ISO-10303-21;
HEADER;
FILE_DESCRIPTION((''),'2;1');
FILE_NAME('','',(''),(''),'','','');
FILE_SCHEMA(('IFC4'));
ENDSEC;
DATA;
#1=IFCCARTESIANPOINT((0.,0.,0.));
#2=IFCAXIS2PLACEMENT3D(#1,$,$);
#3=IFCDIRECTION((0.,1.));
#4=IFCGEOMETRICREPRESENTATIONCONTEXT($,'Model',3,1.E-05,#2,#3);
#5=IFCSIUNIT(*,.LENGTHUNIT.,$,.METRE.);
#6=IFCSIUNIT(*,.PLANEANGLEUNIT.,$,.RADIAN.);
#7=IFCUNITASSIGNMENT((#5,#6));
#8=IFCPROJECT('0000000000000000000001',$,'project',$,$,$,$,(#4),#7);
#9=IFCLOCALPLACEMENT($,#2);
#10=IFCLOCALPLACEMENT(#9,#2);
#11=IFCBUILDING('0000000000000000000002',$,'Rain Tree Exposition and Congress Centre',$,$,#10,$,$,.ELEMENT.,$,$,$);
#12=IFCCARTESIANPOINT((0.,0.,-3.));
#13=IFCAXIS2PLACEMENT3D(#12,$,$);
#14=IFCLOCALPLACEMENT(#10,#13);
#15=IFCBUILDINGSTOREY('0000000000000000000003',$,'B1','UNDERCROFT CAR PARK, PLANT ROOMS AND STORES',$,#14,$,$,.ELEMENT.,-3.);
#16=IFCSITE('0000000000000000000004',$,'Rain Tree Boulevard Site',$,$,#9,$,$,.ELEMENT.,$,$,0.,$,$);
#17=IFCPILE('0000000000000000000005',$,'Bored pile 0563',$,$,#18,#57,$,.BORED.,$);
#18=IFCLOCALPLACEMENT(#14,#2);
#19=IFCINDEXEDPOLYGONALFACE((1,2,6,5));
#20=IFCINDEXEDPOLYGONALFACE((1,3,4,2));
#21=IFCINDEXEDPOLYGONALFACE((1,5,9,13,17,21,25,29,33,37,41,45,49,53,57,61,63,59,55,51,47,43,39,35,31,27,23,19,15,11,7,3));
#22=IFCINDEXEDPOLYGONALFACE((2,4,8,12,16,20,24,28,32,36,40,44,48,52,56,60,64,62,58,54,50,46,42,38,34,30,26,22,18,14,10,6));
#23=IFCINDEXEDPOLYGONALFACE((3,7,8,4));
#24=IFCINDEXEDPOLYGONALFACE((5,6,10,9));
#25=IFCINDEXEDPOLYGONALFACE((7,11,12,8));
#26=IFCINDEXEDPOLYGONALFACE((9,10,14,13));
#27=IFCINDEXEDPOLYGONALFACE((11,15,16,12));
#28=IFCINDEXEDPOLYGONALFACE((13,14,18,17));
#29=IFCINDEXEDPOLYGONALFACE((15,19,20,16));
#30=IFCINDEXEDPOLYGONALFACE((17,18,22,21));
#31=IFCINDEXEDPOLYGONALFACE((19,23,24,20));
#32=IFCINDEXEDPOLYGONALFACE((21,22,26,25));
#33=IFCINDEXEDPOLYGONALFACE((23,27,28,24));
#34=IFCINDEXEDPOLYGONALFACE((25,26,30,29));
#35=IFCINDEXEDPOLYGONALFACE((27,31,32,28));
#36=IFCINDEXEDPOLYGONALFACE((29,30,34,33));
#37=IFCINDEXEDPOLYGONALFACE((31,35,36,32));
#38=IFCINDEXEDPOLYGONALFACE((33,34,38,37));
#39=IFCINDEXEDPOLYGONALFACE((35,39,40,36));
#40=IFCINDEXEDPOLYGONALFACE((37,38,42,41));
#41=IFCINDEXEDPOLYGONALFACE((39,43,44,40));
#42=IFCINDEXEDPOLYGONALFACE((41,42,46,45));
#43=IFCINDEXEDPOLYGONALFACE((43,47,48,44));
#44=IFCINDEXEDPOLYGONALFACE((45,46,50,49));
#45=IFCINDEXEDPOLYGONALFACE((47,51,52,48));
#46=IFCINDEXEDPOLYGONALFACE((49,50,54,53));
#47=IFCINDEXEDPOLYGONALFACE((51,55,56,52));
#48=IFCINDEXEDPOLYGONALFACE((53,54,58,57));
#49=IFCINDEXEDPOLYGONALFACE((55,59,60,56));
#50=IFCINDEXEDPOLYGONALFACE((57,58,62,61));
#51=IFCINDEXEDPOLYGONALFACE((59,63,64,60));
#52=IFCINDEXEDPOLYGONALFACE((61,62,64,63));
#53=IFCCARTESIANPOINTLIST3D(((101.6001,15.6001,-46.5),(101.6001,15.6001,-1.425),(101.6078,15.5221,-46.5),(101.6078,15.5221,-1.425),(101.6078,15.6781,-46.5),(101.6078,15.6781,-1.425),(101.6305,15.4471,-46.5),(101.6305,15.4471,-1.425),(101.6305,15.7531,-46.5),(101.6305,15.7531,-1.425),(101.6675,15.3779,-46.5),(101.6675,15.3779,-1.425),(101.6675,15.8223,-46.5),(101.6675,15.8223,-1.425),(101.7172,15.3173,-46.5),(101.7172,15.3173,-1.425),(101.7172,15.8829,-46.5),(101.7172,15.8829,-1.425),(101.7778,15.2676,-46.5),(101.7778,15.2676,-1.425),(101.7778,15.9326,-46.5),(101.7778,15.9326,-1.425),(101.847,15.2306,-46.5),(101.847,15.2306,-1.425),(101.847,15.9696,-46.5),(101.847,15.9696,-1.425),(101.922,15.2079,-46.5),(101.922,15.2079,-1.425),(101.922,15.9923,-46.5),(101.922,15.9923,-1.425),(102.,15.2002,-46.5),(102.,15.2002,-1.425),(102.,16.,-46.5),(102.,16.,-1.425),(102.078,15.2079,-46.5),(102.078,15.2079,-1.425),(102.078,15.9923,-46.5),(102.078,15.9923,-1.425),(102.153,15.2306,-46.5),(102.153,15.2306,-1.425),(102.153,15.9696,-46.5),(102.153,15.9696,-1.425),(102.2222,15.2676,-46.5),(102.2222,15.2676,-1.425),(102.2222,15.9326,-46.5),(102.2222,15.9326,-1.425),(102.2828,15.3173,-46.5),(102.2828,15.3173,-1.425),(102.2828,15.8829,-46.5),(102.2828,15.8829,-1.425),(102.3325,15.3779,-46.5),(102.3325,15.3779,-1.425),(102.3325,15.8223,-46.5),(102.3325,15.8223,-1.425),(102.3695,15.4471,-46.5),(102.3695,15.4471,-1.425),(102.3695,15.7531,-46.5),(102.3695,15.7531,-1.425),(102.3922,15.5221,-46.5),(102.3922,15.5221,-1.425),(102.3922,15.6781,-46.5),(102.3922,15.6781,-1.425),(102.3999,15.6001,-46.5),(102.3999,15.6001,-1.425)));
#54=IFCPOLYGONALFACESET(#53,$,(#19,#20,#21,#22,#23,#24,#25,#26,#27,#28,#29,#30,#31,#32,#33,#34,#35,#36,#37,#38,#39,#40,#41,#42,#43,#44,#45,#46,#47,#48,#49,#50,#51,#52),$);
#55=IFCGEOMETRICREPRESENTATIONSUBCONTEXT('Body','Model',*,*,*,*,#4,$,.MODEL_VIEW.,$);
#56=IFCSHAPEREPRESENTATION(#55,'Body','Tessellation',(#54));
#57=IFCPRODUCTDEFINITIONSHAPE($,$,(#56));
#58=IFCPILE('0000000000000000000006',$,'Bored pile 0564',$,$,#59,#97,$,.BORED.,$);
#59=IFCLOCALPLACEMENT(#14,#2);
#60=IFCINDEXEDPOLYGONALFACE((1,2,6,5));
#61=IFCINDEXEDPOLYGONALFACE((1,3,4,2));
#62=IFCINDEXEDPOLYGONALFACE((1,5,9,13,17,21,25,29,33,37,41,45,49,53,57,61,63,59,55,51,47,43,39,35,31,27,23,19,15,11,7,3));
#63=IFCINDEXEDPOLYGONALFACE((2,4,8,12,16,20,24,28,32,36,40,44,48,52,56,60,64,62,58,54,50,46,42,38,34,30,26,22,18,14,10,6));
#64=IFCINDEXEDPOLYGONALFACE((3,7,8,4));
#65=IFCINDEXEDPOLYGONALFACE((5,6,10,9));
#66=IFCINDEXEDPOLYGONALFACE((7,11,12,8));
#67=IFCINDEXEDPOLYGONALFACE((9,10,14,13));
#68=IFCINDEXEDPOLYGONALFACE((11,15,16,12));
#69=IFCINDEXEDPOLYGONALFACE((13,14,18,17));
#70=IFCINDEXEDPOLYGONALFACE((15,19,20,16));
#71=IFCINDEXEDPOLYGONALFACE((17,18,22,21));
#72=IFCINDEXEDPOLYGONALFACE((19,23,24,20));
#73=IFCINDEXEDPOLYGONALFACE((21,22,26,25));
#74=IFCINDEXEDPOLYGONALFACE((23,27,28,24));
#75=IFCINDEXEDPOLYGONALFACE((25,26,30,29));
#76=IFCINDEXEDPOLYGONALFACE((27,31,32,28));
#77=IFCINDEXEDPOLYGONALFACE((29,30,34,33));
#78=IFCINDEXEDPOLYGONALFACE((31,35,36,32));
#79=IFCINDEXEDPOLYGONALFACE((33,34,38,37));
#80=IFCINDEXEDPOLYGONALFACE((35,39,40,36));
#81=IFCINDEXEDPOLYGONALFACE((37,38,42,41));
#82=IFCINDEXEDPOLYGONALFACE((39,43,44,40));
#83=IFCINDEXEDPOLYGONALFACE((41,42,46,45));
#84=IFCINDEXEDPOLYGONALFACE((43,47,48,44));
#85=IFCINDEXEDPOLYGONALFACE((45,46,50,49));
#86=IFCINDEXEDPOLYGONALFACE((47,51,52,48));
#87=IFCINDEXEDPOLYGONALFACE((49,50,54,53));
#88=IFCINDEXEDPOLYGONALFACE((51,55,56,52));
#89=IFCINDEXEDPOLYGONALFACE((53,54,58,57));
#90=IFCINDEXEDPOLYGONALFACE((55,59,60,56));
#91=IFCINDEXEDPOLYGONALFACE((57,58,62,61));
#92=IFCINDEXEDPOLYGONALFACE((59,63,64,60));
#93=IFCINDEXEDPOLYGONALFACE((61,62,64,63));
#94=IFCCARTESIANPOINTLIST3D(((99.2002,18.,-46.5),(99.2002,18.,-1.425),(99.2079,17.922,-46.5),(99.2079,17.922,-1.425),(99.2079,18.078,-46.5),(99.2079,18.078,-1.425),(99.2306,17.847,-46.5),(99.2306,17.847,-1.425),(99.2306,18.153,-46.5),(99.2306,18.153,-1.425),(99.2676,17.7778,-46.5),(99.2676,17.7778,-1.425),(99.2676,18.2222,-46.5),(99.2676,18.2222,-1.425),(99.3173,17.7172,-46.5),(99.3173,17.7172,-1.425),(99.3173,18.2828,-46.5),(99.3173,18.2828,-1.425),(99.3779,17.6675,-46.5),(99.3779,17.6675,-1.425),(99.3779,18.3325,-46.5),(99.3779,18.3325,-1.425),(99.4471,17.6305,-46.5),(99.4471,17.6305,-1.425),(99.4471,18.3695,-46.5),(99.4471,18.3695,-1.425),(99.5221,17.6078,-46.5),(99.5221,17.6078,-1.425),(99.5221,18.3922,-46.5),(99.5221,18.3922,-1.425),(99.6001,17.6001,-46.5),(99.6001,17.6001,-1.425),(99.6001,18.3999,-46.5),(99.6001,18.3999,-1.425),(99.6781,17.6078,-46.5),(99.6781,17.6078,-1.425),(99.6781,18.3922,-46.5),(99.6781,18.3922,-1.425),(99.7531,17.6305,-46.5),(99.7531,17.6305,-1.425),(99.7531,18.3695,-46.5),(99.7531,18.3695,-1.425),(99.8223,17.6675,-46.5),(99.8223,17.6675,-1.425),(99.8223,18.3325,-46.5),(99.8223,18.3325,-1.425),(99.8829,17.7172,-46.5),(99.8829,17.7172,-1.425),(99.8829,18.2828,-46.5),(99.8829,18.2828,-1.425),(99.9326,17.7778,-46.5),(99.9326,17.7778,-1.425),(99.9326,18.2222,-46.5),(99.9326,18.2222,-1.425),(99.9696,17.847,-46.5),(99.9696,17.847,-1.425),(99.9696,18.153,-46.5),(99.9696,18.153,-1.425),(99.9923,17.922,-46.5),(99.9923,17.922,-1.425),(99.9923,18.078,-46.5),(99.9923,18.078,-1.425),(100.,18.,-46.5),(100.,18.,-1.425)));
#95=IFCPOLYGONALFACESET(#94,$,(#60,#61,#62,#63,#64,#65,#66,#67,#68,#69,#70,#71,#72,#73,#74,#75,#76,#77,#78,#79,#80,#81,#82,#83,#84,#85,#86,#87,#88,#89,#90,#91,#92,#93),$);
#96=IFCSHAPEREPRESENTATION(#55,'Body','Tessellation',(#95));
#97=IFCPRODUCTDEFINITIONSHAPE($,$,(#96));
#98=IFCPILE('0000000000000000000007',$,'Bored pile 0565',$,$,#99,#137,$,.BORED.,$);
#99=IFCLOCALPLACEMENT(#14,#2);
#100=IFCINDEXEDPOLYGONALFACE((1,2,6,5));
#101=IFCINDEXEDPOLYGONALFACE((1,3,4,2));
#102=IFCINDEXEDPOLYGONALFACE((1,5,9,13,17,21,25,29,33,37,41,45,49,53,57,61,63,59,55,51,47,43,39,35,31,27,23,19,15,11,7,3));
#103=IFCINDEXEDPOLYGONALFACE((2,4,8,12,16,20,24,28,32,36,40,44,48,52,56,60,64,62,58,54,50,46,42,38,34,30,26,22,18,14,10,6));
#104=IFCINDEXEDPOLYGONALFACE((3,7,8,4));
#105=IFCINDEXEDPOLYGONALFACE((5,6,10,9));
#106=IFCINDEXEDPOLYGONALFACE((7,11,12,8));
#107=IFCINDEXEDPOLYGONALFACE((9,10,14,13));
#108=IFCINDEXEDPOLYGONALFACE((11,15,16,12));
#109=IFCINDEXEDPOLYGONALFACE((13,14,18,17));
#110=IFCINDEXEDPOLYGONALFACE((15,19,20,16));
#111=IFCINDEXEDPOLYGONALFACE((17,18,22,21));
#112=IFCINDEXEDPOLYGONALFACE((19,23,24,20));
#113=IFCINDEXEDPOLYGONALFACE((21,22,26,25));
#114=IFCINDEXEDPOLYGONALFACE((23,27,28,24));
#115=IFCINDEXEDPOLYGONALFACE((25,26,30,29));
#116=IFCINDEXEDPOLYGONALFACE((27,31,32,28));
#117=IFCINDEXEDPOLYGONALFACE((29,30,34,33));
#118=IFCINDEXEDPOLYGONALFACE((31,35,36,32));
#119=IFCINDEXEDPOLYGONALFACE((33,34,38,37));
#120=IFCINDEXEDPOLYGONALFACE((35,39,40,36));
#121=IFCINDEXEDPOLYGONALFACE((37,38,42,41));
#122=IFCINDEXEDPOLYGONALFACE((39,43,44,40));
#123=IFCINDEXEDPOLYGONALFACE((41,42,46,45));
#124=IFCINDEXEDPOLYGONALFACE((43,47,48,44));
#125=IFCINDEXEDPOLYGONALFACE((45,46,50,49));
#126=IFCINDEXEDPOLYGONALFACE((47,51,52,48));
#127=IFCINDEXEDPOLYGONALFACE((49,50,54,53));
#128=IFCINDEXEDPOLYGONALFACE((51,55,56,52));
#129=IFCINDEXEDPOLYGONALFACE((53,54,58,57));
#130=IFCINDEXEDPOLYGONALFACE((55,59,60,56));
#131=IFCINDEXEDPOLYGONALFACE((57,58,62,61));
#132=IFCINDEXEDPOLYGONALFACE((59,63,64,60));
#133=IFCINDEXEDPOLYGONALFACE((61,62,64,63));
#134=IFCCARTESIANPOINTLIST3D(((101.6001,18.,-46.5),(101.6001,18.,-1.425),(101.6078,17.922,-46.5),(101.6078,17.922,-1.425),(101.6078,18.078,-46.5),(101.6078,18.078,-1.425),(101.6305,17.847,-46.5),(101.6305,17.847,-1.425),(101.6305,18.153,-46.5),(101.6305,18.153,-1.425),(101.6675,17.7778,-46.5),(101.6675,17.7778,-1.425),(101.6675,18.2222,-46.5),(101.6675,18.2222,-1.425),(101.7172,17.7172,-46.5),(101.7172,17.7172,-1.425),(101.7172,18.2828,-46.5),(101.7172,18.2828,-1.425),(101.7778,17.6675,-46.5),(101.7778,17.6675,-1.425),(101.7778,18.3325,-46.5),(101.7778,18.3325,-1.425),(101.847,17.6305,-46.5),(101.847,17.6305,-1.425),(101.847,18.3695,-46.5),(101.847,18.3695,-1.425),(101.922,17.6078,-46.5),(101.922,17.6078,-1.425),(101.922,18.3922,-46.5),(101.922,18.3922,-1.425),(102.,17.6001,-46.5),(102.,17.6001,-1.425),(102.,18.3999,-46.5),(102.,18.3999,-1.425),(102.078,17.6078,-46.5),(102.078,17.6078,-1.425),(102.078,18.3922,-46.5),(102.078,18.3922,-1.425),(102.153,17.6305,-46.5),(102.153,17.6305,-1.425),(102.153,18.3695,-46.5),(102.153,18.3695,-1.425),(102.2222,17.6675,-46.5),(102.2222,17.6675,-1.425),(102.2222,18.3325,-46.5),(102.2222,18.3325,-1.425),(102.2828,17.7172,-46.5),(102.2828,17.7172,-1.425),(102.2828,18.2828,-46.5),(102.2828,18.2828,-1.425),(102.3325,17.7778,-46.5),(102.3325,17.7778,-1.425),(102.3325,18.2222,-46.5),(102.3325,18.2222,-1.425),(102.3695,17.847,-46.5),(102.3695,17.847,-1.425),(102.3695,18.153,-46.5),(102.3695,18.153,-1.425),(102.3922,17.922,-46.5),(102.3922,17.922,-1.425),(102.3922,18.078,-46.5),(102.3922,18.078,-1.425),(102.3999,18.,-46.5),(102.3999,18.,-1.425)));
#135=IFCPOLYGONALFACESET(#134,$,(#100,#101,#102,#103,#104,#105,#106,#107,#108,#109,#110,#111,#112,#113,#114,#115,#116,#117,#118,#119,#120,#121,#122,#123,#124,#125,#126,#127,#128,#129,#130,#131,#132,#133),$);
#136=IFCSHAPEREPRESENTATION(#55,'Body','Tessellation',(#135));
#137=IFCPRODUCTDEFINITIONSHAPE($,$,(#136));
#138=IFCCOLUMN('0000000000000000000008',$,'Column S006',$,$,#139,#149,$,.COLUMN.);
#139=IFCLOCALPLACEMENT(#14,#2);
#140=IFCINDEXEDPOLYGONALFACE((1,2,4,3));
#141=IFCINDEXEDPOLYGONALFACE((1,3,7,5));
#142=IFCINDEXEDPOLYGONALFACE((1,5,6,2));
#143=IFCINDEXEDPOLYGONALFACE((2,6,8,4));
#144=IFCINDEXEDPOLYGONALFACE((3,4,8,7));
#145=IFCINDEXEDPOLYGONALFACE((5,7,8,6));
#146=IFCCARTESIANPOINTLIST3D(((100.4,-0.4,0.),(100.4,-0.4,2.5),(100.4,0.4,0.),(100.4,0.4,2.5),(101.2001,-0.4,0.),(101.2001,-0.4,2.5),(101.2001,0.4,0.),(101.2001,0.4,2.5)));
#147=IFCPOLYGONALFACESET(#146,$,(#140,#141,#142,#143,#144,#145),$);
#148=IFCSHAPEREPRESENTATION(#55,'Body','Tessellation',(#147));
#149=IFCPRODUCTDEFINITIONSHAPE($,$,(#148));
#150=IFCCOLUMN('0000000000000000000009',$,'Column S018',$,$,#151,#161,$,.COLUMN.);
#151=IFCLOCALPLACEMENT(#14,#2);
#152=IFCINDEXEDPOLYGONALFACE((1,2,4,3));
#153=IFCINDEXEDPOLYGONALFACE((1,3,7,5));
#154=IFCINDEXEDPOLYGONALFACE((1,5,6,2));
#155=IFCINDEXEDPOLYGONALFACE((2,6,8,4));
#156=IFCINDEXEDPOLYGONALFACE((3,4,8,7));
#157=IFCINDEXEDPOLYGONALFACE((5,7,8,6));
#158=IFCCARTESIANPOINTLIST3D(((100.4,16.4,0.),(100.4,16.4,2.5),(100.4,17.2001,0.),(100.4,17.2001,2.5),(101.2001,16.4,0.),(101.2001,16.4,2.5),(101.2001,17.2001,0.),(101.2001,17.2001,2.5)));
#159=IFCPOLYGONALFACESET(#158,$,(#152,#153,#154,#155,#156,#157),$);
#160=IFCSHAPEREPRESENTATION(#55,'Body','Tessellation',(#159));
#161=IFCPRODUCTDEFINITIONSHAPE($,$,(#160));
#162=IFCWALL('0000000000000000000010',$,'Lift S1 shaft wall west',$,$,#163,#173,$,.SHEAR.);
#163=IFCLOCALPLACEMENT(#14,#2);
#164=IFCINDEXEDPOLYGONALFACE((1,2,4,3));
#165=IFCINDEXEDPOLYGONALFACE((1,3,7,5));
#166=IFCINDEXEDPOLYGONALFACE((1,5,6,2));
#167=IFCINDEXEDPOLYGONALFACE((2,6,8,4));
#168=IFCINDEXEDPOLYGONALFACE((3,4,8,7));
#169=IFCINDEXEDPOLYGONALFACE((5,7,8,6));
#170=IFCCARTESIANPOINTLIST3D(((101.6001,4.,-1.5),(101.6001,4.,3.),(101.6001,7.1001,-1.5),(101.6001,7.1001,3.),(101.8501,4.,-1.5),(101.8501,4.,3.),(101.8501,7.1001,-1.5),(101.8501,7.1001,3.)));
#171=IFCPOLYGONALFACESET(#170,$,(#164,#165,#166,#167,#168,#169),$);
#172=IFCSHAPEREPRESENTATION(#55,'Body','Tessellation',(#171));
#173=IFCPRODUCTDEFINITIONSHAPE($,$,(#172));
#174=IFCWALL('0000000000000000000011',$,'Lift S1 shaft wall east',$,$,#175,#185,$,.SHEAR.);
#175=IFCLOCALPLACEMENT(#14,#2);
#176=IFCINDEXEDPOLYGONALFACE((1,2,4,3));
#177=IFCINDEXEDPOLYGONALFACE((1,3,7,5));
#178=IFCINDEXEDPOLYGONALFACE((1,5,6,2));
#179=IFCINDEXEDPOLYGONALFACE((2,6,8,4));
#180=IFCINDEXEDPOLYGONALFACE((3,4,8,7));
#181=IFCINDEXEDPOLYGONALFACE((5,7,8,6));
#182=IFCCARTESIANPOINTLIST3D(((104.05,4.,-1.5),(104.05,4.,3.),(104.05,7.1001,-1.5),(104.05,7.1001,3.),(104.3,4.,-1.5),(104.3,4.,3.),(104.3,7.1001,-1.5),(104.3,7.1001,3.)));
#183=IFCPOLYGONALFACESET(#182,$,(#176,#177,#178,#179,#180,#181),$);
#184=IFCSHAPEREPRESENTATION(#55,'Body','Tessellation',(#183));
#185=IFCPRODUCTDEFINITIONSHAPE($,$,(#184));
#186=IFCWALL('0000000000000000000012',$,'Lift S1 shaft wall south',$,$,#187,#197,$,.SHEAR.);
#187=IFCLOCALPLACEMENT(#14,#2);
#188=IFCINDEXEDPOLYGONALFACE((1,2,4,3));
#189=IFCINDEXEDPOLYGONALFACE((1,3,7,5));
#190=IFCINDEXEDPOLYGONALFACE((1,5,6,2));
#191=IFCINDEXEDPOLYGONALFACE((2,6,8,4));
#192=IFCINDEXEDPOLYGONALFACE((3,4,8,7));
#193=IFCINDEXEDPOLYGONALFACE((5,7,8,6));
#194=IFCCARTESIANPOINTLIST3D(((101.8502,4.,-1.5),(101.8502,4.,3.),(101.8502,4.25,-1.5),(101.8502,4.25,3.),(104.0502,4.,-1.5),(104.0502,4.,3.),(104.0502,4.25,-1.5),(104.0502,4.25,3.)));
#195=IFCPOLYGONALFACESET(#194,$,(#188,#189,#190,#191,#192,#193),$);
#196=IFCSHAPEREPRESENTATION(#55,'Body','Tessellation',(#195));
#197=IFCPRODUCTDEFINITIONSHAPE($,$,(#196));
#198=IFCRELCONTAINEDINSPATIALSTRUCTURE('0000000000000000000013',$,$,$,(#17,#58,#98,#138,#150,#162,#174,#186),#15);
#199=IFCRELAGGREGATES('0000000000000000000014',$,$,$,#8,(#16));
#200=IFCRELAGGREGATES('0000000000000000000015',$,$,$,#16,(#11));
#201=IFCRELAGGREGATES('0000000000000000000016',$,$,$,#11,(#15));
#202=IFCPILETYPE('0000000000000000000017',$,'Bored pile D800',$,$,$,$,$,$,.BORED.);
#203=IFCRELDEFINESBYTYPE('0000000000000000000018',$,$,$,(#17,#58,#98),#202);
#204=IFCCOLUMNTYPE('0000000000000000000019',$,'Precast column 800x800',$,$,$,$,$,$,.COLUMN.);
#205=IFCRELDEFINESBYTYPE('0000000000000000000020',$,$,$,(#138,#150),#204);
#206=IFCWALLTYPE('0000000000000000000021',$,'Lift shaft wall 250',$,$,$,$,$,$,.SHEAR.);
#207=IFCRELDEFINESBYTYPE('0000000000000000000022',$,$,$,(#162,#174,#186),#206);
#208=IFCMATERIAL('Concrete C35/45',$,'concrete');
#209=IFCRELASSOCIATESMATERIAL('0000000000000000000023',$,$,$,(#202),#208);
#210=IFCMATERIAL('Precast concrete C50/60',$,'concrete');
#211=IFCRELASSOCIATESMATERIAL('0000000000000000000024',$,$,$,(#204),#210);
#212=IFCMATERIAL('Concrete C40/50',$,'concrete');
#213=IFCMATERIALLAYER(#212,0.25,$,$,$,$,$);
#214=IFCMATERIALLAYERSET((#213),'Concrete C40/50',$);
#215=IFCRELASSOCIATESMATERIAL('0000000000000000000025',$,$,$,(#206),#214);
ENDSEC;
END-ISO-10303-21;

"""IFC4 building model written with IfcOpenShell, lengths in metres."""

from ifc_helpers import new_model, si_unit, direction, frame, frame_2d, origin, origin_2d, place, context, subcontext, project, spatial, rectangle, circle, extrude, material, layer, layer_set, material_profile, profile_set, type_object, element, save


model = new_model("IFC4")

# Units and contexts
model_context = context("Model", 3, precision=1e-05, world=origin(), true_north=direction((0.0, 1.0)))
body_context = subcontext(model_context, "Body", "Model", "MODEL_VIEW")
ifc_project = project(units=[si_unit("LENGTHUNIT", "METRE"), si_unit("PLANEANGLEUNIT", "RADIAN")], contexts=[model_context])

# Site, building, storey
site_placement = place(None, origin())
site = spatial("IfcSite", under=ifc_project, at=site_placement, Name="Rain Tree Boulevard Site", CompositionType="ELEMENT", RefElevation=0.0)
building_placement = place(site_placement, origin())
building = spatial("IfcBuilding", under=site, at=building_placement, Name="Rain Tree Exposition and Congress Centre", CompositionType="ELEMENT")
storey_placement = place(building_placement, frame((0.0, 0.0, -3.0)))
storey = spatial("IfcBuildingStorey", under=building, at=storey_placement, Name="B1", Description="UNDERCROFT CAR PARK, PLANT ROOMS AND STORES", CompositionType="ELEMENT", Elevation=-3.0)

# Piles
ifc_material_1 = material(Name="Concrete C35/45", Category="concrete")
ifc_material_profile_1 = material_profile(ifc_material_1, circle(Radius=0.3999, at=origin_2d()), Name="D800")
ifc_profile_set_1 = profile_set([ifc_material_profile_1], Name="Concrete C35/45")
pile_type_1 = type_object("IfcPileType", Name="Bored pile D800", PredefinedType="BORED", material=ifc_profile_set_1)
for number, where, z_axis, x_axis, name in (
    (1, (102.0, 15.6001, -1.425), (0.0, 0.0, -1.0), (1.0, 0.0, 0.0), "Bored pile 0563"),
    (2, (99.6001, 18.0, -1.425), (0.0, 0.0, -1.0), (1.0, 0.0, 0.0), "Bored pile 0564"),
    (3, (102.0, 18.0, -1.425), (0.0, 0.0, -1.0), (1.0, 0.0, 0.0), "Bored pile 0565"),
):
    element("IfcPile", number, at=place(storey_placement, frame(where, z_axis=z_axis, x_axis=x_axis)), inside=storey, type_object=pile_type_1, Name=name, PredefinedType="BORED", context=body_context, shape_type="SweptSolid", body=[
        extrude(circle(Radius=0.3999, at=origin_2d()), origin(), (0.0, 0.0, 1.0), 45.075),
    ])

# Columns
ifc_material_2 = material(Name="Precast concrete C50/60", Category="concrete")
ifc_material_profile_2 = material_profile(ifc_material_2, rectangle(XDim=0.8, YDim=0.8, at=origin_2d()), Name="RC 800x800")
ifc_profile_set_2 = profile_set([ifc_material_profile_2], Name="Precast concrete C50/60")
column_type = type_object("IfcColumnType", Name="Precast column 800x800", PredefinedType="COLUMN", material=ifc_profile_set_2)
for number, where, z_axis, x_axis, name in (
    (4, (100.8, 0.0, 0.0), (0.0, 0.0, 1.0), (1.0, 0.0, 0.0), "Column S006"),
    (5, (100.8, 16.8, 0.0), (0.0, 0.0, 1.0), (1.0, 0.0, 0.0), "Column S018"),
):
    element("IfcColumn", number, at=place(storey_placement, frame(where, z_axis=z_axis, x_axis=x_axis)), inside=storey, type_object=column_type, Name=name, PredefinedType="COLUMN", context=body_context, shape_type="SweptSolid", body=[
        extrude(rectangle(XDim=0.8, YDim=0.8, at=origin_2d()), origin(), (0.0, 0.0, 1.0), 2.5),
    ])

# Walls
ifc_material_3 = material(Name="Concrete C40/50", Category="concrete")
ifc_layer_1 = layer(ifc_material_3, 0.25)
ifc_layer_set_1 = layer_set([ifc_layer_1], Name="Concrete C40/50")
wall_type_1 = type_object("IfcWallType", Name="Lift shaft wall 250", PredefinedType="SHEAR", material=ifc_layer_set_1)
for number, where, z_axis, x_axis, name in (
    (6, (101.7251, 4.0, -1.5), (0.0, 0.0, 1.0), (0.0, 1.0, 0.0), "Lift S1 shaft wall west"),
    (7, (104.175, 4.0, -1.5), (0.0, 0.0, 1.0), (0.0, 1.0, 0.0), "Lift S1 shaft wall east"),
):
    element("IfcWall", number, at=place(storey_placement, frame(where, z_axis=z_axis, x_axis=x_axis)), inside=storey, type_object=wall_type_1, Name=name, PredefinedType="SHEAR", context=body_context, shape_type="SweptSolid", body=[
        extrude(rectangle(XDim=3.1001, YDim=0.25, at=frame_2d((1.55, 0.0))), origin(), (0.0, 0.0, 1.0), 4.5),
    ])
wall_1_placement = place(storey_placement, frame((101.8501, 4.125, -1.5), z_axis=(0.0, 0.0, 1.0), x_axis=(1.0, 0.0, 0.0)))
element("IfcWall", 8, at=wall_1_placement, inside=storey, type_object=wall_type_1, Name="Lift S1 shaft wall south", PredefinedType="SHEAR", context=body_context, shape_type="SweptSolid", body=[
    extrude(rectangle(XDim=2.2, YDim=0.25, at=frame_2d((1.1001, 0.0))), origin(), (0.0, 0.0, 1.0), 4.5),
])

save(model, "model.ifc")
